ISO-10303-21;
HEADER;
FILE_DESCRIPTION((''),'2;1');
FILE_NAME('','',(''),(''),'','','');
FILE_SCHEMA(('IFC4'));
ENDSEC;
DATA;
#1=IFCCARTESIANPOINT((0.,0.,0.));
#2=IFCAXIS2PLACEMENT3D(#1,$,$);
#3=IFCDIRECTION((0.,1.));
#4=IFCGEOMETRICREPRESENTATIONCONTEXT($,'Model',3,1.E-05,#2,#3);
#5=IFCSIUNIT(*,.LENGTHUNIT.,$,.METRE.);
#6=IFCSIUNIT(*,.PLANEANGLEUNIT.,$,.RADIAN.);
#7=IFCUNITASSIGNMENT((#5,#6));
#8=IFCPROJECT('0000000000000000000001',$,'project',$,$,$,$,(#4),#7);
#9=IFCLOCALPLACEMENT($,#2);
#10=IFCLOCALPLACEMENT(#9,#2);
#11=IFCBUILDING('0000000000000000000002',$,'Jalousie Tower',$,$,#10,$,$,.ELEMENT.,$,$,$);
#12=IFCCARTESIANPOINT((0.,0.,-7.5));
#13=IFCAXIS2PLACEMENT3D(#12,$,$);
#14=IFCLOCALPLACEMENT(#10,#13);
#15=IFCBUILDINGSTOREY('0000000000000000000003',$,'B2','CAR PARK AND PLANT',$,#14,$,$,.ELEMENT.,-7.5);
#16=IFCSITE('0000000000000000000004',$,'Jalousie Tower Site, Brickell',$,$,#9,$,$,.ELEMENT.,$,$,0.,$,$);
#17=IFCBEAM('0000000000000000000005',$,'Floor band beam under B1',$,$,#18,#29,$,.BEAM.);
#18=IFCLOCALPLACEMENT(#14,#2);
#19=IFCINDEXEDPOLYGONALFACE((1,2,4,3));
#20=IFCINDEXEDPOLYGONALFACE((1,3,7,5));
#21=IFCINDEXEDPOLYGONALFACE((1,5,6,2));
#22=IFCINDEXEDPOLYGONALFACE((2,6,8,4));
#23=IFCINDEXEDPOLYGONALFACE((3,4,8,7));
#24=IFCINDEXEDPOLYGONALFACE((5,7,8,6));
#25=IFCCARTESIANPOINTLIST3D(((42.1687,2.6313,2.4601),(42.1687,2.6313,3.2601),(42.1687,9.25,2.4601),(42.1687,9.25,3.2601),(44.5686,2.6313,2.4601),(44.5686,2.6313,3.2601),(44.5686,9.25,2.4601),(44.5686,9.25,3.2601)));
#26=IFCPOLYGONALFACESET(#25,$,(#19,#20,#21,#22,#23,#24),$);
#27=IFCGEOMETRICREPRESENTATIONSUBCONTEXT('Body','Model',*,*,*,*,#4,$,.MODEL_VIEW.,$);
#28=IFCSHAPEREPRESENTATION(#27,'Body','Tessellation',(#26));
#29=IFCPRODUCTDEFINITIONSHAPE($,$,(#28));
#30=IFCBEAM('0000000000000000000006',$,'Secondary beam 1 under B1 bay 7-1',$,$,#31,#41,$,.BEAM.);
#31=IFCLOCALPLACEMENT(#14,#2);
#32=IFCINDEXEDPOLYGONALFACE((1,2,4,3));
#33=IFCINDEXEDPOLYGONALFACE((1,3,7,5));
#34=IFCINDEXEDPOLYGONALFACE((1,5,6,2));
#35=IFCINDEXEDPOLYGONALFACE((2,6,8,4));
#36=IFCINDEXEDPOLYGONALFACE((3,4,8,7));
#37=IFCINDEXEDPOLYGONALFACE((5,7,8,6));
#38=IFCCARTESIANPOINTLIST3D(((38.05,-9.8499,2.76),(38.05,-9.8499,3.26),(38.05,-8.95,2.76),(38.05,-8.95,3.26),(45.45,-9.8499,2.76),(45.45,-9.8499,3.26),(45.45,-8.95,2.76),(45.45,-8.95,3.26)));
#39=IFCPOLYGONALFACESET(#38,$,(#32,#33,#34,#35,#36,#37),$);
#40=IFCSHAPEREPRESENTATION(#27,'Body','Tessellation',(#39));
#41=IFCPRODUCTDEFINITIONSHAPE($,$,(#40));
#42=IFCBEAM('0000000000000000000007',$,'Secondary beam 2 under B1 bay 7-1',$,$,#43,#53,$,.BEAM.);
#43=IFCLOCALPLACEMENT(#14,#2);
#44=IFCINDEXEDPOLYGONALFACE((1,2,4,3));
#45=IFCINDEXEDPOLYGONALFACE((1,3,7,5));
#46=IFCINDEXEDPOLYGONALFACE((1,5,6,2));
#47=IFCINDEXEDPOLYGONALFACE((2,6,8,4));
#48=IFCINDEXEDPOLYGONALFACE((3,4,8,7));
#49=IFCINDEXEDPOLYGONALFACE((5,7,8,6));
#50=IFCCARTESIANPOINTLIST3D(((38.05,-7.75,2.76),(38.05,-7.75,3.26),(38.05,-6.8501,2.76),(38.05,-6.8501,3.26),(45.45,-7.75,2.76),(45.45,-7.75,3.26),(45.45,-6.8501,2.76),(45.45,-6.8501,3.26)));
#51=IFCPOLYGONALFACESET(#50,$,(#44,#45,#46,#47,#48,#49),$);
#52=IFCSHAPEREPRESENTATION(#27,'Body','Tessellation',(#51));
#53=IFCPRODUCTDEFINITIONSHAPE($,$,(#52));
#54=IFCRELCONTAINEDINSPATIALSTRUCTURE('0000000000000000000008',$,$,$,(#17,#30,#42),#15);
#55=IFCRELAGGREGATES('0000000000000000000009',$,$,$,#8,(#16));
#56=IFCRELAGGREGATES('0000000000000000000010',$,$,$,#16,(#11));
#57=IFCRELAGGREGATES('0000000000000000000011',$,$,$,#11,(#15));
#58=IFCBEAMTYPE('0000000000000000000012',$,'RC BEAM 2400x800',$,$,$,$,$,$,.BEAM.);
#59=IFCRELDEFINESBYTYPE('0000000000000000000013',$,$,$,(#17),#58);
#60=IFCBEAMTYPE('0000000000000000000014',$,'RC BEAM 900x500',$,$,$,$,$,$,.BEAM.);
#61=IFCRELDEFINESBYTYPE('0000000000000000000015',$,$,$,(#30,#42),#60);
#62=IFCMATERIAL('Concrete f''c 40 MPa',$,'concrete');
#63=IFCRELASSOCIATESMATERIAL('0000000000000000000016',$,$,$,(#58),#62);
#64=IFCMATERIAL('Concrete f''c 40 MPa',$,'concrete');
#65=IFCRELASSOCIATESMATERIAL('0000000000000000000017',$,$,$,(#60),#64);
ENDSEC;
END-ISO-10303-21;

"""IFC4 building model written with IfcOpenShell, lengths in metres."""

from ifc_helpers import new_model, si_unit, direction, frame, origin, origin_2d, place, context, subcontext, project, spatial, rectangle, extrude, material, material_profile, profile_set, type_object, element, save


model = new_model("IFC4")

# Units and contexts
model_context = context("Model", 3, precision=1e-05, world=origin(), true_north=direction((0.0, 1.0)))
body_context = subcontext(model_context, "Body", "Model", "MODEL_VIEW")
ifc_project = project(units=[si_unit("LENGTHUNIT", "METRE"), si_unit("PLANEANGLEUNIT", "RADIAN")], contexts=[model_context])

# Site, building, storey
site_placement = place(None, origin())
site = spatial("IfcSite", under=ifc_project, at=site_placement, Name="Jalousie Tower Site, Brickell", CompositionType="ELEMENT", RefElevation=0.0)
building_placement = place(site_placement, origin())
building = spatial("IfcBuilding", under=site, at=building_placement, Name="Jalousie Tower", CompositionType="ELEMENT")
storey_placement = place(building_placement, frame((0.0, 0.0, -7.5)))
storey = spatial("IfcBuildingStorey", under=building, at=storey_placement, Name="B2", Description="CAR PARK AND PLANT", CompositionType="ELEMENT", Elevation=-7.5)

# Beams
ifc_material_1 = material(Name="Concrete f'c 40 MPa", Category="concrete")
ifc_material_profile_1 = material_profile(ifc_material_1, rectangle(XDim=2.3999, YDim=0.8, at=origin_2d()), Name="RC 2400x800")
ifc_profile_set_1 = profile_set([ifc_material_profile_1], Name="Concrete f'c 40 MPa")
beam_type_1 = type_object("IfcBeamType", Name="RC BEAM 2400x800", PredefinedType="BEAM", material=ifc_profile_set_1)
beam_1_placement = place(storey_placement, frame((43.3687, 2.6313, 2.8601), z_axis=(0.0, 1.0, 0.0), x_axis=(-1.0, 0.0, 0.0)))
element("IfcBeam", 1, at=beam_1_placement, inside=storey, type_object=beam_type_1, Name="Floor band beam under B1", PredefinedType="BEAM", context=body_context, shape_type="SweptSolid", body=[
    extrude(rectangle(XDim=2.3999, YDim=0.8, at=origin_2d()), origin(), (0.0, 0.0, 1.0), 6.6187),
])
ifc_material_2 = material(Name="Concrete f'c 40 MPa", Category="concrete")
ifc_material_profile_2 = material_profile(ifc_material_2, rectangle(XDim=0.8999, YDim=0.5, at=origin_2d()), Name="RC 900x500")
ifc_profile_set_2 = profile_set([ifc_material_profile_2], Name="Concrete f'c 40 MPa")
beam_type_2 = type_object("IfcBeamType", Name="RC BEAM 900x500", PredefinedType="BEAM", material=ifc_profile_set_2)
for number, where, z_axis, x_axis, name in (
    (2, (38.05, -9.3999, 3.01), (1.0, 0.0, 0.0), (0.0, 1.0, 0.0), "Secondary beam 1 under B1 bay 7-1"),
    (3, (38.05, -7.3, 3.01), (1.0, 0.0, 0.0), (0.0, 1.0, 0.0), "Secondary beam 2 under B1 bay 7-1"),
):
    element("IfcBeam", number, at=place(storey_placement, frame(where, z_axis=z_axis, x_axis=x_axis)), inside=storey, type_object=beam_type_2, Name=name, PredefinedType="BEAM", context=body_context, shape_type="SweptSolid", body=[
        extrude(rectangle(XDim=0.8999, YDim=0.5, at=origin_2d()), origin(), (0.0, 0.0, 1.0), 7.3999),
    ])

save(model, "model.ifc")
